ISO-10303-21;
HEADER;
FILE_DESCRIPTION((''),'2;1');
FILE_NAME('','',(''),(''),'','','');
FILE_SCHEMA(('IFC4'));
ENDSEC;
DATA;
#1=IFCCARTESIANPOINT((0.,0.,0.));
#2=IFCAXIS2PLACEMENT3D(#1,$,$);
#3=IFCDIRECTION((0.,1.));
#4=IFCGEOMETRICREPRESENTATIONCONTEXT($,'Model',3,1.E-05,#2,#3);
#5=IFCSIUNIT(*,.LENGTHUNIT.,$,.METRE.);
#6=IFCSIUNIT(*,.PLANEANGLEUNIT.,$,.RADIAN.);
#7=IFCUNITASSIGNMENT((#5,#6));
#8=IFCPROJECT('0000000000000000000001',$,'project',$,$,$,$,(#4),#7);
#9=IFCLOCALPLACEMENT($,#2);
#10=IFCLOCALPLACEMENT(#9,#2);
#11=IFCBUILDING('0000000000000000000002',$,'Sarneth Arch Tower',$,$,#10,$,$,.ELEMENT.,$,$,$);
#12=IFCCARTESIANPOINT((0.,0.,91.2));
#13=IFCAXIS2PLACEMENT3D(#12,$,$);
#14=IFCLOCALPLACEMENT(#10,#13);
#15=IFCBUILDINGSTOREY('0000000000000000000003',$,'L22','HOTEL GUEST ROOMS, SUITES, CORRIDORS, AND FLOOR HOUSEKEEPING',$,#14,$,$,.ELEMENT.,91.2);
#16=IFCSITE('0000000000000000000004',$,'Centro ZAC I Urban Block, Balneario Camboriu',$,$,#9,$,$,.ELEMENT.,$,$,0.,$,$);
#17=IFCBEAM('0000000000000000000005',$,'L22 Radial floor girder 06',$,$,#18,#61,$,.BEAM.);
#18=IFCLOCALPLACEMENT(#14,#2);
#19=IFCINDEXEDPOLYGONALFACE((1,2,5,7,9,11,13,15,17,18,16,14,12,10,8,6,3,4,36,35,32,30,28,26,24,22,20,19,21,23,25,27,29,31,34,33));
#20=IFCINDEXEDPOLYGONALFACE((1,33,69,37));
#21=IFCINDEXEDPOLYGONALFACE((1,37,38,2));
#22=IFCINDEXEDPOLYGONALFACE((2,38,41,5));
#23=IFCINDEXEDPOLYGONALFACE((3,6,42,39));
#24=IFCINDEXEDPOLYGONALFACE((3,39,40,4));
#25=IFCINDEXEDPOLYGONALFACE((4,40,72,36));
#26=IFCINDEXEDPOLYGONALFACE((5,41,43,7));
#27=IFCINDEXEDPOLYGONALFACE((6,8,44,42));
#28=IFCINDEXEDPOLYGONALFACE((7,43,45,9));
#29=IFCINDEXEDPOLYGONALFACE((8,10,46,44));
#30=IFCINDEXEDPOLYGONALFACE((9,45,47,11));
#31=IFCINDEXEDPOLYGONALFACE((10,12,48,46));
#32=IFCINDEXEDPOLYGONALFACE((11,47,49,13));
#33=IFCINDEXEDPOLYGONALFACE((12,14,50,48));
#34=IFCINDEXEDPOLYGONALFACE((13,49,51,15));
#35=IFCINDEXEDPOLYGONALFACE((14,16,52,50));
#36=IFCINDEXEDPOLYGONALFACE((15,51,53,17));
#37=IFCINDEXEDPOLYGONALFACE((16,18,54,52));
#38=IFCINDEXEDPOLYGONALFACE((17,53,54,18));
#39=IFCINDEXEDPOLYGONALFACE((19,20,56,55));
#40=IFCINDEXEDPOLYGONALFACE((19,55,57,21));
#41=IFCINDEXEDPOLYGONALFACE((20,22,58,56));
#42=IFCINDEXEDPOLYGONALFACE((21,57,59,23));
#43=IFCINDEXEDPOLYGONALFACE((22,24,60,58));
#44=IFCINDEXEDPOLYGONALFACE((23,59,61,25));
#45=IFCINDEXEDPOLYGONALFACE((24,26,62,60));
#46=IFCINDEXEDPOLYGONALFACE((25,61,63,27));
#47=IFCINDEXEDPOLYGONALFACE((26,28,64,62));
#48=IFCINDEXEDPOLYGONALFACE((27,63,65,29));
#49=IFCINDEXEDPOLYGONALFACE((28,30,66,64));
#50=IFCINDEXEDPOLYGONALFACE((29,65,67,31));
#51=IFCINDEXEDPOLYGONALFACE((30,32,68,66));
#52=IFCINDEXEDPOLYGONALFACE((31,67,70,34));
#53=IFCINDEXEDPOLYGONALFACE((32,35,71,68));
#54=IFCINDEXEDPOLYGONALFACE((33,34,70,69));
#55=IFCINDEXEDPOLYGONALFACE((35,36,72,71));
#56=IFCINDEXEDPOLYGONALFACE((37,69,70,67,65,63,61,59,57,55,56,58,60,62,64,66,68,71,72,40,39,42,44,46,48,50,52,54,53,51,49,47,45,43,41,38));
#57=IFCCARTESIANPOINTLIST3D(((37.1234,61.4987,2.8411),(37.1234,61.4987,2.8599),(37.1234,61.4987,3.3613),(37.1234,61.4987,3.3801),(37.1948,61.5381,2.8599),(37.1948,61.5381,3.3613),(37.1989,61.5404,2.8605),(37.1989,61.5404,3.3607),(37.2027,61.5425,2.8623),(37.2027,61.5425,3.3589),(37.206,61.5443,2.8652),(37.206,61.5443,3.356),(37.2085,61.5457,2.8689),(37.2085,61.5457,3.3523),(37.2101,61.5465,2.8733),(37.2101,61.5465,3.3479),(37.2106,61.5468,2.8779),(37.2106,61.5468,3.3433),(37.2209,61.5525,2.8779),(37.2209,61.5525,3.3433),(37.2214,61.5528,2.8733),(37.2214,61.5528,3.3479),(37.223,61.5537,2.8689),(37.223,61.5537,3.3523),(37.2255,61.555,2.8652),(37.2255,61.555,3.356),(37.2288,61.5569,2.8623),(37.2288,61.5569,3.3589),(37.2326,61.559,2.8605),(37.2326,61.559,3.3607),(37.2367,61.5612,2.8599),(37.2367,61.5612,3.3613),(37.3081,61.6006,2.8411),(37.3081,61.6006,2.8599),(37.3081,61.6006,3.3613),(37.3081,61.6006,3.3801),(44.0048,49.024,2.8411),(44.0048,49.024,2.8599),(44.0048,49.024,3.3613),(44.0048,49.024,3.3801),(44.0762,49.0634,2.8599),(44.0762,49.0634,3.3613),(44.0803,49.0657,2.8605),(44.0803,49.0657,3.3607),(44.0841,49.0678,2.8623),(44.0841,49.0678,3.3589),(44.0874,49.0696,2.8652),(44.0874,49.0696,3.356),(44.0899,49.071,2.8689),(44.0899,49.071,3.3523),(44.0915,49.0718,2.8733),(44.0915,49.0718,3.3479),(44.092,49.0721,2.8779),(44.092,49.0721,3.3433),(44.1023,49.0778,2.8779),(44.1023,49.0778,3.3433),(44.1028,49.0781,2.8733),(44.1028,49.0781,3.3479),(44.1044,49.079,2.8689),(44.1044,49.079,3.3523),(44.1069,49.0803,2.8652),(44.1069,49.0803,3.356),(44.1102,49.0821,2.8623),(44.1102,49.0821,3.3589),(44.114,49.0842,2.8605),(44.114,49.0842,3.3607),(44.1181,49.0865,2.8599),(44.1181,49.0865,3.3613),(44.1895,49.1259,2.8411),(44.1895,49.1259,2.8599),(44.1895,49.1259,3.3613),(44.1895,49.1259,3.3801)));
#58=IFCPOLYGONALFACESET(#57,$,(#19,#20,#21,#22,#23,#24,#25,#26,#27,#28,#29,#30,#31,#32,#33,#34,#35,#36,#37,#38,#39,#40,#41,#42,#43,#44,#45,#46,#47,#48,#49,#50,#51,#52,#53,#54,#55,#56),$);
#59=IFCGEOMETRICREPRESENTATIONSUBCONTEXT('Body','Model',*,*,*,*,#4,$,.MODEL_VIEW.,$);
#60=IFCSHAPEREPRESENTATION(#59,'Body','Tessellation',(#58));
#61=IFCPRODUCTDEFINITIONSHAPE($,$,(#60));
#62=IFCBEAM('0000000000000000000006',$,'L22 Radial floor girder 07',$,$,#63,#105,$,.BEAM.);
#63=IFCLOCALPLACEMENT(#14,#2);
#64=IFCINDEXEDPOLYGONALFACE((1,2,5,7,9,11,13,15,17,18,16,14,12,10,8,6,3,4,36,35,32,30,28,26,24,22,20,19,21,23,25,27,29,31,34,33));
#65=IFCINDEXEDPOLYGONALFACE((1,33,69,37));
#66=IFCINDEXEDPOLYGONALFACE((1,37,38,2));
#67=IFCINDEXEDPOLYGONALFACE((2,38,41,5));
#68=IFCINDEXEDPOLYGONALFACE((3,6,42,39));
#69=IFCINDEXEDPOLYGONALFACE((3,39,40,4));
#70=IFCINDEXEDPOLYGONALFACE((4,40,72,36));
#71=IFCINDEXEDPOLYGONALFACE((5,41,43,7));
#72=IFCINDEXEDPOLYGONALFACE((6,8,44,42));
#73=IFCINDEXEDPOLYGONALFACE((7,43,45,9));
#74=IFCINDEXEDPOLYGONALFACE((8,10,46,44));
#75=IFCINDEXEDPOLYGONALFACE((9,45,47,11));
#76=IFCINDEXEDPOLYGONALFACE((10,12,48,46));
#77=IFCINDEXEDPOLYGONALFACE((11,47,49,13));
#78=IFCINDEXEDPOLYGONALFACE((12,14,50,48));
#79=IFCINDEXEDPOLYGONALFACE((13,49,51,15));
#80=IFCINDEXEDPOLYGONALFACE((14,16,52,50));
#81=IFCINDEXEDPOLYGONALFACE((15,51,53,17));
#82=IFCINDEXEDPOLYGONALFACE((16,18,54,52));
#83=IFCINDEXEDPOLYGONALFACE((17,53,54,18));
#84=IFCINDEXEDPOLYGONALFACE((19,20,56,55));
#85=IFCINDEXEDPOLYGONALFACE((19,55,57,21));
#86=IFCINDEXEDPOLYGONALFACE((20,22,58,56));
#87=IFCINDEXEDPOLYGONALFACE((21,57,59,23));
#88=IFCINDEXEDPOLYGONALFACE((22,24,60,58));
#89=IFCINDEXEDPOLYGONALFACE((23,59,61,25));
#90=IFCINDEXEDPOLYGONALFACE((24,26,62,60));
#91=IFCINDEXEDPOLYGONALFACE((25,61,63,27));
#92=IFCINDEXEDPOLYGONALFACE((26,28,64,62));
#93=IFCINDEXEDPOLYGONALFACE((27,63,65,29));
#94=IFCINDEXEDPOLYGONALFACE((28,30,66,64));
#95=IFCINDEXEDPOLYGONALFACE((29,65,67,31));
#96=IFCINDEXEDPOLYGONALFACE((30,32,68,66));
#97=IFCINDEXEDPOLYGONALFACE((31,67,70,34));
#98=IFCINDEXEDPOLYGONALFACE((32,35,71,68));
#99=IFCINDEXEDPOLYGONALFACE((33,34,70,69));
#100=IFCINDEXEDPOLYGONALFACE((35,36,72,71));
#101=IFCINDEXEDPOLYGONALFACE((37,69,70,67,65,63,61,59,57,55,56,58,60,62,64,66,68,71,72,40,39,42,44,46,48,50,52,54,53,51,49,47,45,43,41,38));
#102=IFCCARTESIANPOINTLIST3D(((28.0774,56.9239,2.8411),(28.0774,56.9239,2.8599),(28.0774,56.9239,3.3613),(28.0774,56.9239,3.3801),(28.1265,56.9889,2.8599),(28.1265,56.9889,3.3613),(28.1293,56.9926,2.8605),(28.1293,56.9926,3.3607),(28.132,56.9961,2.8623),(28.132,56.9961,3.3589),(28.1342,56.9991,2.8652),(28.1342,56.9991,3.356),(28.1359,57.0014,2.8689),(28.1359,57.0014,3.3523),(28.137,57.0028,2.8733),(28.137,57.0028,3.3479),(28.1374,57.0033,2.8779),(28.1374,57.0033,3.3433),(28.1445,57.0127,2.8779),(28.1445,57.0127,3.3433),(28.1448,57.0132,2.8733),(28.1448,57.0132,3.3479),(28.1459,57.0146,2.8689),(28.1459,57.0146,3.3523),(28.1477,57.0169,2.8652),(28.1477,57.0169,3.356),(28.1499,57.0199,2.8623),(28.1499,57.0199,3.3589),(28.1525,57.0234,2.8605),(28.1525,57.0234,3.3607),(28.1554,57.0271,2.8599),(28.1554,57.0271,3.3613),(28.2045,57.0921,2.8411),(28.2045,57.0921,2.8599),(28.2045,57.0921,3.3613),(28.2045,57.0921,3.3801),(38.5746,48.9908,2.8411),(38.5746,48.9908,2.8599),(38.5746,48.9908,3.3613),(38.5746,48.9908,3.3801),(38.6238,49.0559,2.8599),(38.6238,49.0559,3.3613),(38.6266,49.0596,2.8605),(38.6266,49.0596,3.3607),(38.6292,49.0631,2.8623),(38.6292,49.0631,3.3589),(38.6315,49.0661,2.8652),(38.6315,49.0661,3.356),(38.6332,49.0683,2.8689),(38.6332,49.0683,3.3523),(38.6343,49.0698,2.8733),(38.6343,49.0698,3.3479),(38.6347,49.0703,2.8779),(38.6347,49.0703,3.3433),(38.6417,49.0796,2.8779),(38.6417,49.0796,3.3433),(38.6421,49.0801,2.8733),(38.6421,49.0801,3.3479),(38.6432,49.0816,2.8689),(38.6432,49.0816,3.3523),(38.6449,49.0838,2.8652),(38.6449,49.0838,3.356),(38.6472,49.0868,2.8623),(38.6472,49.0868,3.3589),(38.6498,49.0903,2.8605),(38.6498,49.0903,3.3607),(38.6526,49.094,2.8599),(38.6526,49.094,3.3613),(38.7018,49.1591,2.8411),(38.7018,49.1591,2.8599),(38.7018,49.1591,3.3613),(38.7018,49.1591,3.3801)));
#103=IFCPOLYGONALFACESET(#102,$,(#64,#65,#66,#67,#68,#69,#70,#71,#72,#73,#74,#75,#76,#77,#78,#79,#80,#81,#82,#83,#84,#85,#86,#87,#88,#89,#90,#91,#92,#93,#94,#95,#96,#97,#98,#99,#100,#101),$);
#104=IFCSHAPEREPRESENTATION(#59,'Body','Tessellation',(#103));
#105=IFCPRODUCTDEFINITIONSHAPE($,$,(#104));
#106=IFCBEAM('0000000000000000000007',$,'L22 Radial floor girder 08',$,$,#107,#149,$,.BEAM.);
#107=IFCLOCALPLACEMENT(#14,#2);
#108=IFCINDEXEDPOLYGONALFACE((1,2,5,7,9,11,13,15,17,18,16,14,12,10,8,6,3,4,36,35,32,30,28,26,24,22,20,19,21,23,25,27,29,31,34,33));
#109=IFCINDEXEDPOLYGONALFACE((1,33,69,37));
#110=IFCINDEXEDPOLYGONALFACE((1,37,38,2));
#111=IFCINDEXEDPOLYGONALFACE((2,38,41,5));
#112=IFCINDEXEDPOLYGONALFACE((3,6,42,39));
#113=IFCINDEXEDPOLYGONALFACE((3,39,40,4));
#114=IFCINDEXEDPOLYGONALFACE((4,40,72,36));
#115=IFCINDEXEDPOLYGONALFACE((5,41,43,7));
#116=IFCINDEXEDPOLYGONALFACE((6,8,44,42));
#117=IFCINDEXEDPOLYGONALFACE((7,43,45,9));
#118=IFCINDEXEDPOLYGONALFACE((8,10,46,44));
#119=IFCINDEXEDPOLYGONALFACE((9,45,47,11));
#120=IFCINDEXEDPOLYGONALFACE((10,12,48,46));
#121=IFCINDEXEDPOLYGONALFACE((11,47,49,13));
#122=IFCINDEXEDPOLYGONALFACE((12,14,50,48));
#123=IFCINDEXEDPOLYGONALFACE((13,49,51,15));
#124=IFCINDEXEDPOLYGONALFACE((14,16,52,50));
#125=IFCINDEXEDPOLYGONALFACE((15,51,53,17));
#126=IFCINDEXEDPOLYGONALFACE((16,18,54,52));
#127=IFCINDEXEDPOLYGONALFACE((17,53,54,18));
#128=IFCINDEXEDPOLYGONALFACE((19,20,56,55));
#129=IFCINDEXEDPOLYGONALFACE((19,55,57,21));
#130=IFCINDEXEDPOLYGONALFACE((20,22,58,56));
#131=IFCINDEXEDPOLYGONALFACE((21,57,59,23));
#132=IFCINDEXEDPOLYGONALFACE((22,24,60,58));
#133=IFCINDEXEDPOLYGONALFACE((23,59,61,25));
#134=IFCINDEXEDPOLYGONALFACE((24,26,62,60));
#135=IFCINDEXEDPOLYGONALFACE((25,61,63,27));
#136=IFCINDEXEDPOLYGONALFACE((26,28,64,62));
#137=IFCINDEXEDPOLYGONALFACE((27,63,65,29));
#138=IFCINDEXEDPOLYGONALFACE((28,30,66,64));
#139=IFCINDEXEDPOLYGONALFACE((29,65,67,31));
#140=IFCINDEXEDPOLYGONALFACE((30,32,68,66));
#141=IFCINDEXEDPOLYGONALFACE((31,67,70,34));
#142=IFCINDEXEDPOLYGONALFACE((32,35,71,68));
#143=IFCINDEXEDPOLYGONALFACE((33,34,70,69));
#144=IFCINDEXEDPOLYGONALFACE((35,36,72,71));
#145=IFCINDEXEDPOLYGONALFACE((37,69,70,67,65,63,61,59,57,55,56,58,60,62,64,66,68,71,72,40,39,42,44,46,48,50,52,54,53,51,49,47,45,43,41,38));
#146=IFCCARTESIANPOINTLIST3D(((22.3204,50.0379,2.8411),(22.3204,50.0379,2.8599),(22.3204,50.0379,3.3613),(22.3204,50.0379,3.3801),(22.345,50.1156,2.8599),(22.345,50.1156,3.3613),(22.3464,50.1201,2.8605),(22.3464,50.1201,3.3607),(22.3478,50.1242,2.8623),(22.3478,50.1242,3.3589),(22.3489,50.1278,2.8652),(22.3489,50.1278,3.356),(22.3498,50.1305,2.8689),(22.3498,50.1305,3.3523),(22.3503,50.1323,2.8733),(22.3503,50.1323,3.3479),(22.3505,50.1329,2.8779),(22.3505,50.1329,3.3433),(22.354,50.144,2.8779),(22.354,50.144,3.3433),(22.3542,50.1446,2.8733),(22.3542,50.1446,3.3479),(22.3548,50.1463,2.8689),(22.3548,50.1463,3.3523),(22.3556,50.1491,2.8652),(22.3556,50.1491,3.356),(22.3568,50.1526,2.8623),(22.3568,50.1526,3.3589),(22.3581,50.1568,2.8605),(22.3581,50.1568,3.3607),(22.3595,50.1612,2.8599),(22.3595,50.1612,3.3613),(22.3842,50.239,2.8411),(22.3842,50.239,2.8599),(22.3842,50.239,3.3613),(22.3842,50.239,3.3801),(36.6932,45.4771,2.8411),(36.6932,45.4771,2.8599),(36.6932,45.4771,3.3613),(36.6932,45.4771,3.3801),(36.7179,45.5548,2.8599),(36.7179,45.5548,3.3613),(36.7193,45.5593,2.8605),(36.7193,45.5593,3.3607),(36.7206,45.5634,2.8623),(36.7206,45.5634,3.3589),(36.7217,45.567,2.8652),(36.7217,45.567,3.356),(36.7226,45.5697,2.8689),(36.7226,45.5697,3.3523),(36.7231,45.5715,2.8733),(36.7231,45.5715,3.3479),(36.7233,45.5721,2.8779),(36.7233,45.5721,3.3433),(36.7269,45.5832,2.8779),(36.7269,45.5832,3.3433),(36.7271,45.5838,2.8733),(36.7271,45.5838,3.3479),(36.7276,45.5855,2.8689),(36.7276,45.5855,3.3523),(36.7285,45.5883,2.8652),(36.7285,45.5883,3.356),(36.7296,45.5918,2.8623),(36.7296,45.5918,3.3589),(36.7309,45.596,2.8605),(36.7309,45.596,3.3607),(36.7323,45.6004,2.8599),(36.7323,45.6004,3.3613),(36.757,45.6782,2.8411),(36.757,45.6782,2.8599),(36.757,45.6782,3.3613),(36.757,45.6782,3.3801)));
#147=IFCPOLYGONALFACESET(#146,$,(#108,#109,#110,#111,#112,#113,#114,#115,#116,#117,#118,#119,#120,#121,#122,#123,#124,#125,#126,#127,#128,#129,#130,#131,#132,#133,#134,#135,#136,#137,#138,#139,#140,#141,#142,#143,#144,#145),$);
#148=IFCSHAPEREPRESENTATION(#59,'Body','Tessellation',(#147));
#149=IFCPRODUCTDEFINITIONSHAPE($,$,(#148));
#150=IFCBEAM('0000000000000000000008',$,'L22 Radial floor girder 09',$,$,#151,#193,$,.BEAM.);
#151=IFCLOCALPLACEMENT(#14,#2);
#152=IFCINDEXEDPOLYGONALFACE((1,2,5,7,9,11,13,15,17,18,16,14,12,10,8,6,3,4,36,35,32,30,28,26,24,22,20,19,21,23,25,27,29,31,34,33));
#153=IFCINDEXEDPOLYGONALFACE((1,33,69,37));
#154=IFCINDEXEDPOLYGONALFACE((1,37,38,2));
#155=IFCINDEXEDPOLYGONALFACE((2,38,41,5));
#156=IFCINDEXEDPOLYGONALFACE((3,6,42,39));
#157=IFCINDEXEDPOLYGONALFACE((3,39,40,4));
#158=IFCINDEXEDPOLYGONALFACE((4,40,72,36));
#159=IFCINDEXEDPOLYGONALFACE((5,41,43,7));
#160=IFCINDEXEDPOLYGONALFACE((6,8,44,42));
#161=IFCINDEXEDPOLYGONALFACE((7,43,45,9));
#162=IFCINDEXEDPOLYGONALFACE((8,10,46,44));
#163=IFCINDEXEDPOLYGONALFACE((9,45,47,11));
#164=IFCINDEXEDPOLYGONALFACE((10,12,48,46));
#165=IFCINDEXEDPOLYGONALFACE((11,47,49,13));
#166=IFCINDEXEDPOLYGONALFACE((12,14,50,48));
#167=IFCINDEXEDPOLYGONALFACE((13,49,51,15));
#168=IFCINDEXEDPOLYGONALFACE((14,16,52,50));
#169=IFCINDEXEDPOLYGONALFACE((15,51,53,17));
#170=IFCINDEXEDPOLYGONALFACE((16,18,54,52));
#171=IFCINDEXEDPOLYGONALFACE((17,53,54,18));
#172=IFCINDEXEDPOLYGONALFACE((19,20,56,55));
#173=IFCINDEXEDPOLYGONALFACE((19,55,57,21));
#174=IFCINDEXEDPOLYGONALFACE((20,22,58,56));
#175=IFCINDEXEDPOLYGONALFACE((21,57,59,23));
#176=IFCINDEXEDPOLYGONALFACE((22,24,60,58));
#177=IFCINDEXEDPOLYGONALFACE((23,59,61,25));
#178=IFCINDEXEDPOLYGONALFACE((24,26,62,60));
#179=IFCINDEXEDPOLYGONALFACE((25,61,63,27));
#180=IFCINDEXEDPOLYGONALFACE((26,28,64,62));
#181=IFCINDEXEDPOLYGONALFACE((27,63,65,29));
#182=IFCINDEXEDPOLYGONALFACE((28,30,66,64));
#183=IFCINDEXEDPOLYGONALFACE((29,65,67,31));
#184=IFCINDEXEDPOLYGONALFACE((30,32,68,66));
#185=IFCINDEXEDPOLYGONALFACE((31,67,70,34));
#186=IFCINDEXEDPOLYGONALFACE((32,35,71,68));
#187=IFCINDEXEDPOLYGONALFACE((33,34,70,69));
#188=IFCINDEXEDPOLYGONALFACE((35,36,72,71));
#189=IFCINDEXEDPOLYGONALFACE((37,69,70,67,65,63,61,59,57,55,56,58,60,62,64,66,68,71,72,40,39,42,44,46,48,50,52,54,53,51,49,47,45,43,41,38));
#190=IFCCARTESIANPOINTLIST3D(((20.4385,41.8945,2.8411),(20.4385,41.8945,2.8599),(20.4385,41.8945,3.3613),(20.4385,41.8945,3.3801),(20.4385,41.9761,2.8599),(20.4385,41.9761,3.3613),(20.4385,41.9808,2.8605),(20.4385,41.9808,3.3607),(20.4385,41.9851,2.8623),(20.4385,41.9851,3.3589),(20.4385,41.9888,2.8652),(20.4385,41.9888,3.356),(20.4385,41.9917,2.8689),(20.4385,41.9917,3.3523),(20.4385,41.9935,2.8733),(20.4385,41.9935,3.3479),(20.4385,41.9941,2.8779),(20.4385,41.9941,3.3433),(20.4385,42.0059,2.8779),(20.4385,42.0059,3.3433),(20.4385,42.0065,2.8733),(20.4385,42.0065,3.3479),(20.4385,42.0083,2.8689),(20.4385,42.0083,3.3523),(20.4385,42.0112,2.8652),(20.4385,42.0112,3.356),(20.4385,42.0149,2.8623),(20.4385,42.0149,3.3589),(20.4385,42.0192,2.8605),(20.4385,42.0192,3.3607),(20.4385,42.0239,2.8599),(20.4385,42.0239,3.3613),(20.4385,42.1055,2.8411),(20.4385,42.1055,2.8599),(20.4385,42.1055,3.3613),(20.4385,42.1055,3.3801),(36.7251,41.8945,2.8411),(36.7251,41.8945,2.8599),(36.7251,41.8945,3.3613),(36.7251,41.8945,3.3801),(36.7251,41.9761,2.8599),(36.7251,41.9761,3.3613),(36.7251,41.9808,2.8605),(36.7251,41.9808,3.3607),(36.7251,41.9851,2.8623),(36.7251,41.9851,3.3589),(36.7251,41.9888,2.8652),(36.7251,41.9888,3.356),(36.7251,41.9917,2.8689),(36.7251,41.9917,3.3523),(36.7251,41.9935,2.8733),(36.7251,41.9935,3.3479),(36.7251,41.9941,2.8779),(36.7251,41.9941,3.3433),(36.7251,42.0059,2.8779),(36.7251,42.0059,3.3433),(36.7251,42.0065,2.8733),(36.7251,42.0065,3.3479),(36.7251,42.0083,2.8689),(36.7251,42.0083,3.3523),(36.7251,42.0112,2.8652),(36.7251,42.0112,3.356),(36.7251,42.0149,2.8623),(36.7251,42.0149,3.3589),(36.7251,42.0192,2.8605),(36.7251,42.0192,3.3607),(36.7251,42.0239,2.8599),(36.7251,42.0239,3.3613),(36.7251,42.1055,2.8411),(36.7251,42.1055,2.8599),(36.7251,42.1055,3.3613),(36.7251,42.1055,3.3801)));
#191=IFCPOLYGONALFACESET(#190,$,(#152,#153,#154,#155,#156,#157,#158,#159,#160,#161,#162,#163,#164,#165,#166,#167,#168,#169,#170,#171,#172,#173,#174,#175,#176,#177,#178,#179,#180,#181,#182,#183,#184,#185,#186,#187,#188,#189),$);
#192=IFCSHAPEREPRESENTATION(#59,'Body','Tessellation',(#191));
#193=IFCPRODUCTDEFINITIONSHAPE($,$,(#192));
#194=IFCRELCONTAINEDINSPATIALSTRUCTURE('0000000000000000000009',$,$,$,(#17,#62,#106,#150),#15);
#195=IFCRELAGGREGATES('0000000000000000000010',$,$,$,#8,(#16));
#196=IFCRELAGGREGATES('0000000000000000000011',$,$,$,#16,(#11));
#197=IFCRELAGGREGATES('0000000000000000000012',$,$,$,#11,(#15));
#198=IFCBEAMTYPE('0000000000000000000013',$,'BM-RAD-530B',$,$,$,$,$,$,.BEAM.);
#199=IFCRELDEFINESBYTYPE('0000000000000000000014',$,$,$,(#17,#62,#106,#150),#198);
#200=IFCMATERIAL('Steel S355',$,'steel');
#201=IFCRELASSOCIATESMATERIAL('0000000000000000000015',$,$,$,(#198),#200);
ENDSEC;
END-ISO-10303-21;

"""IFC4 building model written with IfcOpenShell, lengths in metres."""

from ifc_helpers import new_model, si_unit, direction, frame, origin, origin_2d, place, context, subcontext, project, spatial, i_section, extrude, material, material_profile, profile_set, type_object, element, save


model = new_model("IFC4")

# Units and contexts
model_context = context("Model", 3, precision=1e-05, world=origin(), true_north=direction((0.0, 1.0)))
body_context = subcontext(model_context, "Body", "Model", "MODEL_VIEW")
ifc_project = project(units=[si_unit("LENGTHUNIT", "METRE"), si_unit("PLANEANGLEUNIT", "RADIAN")], contexts=[model_context])

# Site, building, storey
site_placement = place(None, origin())
site = spatial("IfcSite", under=ifc_project, at=site_placement, Name="Centro ZAC I Urban Block, Balneario Camboriu", CompositionType="ELEMENT", RefElevation=0.0)
building_placement = place(site_placement, origin())
building = spatial("IfcBuilding", under=site, at=building_placement, Name="Sarneth Arch Tower", CompositionType="ELEMENT")
storey_placement = place(building_placement, frame((0.0, 0.0, 91.2)))
storey = spatial("IfcBuildingStorey", under=building, at=storey_placement, Name="L22", Description="HOTEL GUEST ROOMS, SUITES, CORRIDORS, AND FLOOR HOUSEKEEPING", CompositionType="ELEMENT", Elevation=91.2)

# Beams
ifc_material_1 = material(Name="Steel S355", Category="steel")
ifc_material_profile = material_profile(ifc_material_1, i_section(OverallWidth=0.2109, OverallDepth=0.5391, WebThickness=0.0117, FlangeThickness=0.0188, FilletRadius=0.0181, at=origin_2d()), Name="W530x109")
ifc_profile_set = profile_set([ifc_material_profile], Name="Steel S355")
beam_type = type_object("IfcBeamType", Name="BM-RAD-530B", PredefinedType="BEAM", material=ifc_profile_set)
beam_1_placement = place(storey_placement, frame((44.0972, 49.075, 3.1106), z_axis=(-0.483013, 0.875613, 0.0), x_axis=(-0.875613, -0.483013, 0.0)))
element("IfcBeam", 1, at=beam_1_placement, inside=storey, type_object=beam_type, Name="L22 Radial floor girder 06", PredefinedType="BEAM", context=body_context, shape_type="SweptSolid", body=[
    extrude(i_section(OverallWidth=0.2109, OverallDepth=0.5391, WebThickness=0.0117, FlangeThickness=0.0188, FilletRadius=0.0181, at=origin_2d()), origin(), (0.0, 0.0, 1.0), 14.2468),
])
beam_2_placement = place(storey_placement, frame((38.6382, 49.075, 3.1106), z_axis=(-0.797801, 0.60292, 0.0), x_axis=(-0.60292, -0.797801, 0.0)))
element("IfcBeam", 2, at=beam_2_placement, inside=storey, type_object=beam_type, Name="L22 Radial floor girder 07", PredefinedType="BEAM", context=body_context, shape_type="SweptSolid", body=[
    extrude(i_section(OverallWidth=0.2109, OverallDepth=0.5391, WebThickness=0.0117, FlangeThickness=0.0188, FilletRadius=0.0181, at=origin_2d()), origin(), (0.0, 0.0, 1.0), 13.1577),
])
beam_3_placement = place(storey_placement, frame((36.7251, 45.5776, 3.1106), z_axis=(-0.953163, 0.302458, 0.0), x_axis=(-0.302458, -0.953163, 0.0)))
element("IfcBeam", 3, at=beam_3_placement, inside=storey, type_object=beam_type, Name="L22 Radial floor girder 08", PredefinedType="BEAM", context=body_context, shape_type="SweptSolid", body=[
    extrude(i_section(OverallWidth=0.2109, OverallDepth=0.5391, WebThickness=0.0117, FlangeThickness=0.0188, FilletRadius=0.0181, at=origin_2d()), origin(), (0.0, 0.0, 1.0), 15.0791),
])
beam_4_placement = place(storey_placement, frame((36.7251, 42.0, 3.1106), z_axis=(-1.0, 0.0, 0.0), x_axis=(0.0, -1.0, 0.0)))
element("IfcBeam", 4, at=beam_4_placement, inside=storey, type_object=beam_type, Name="L22 Radial floor girder 09", PredefinedType="BEAM", context=body_context, shape_type="SweptSolid", body=[
    extrude(i_section(OverallWidth=0.2109, OverallDepth=0.5391, WebThickness=0.0117, FlangeThickness=0.0188, FilletRadius=0.0181, at=origin_2d()), origin(), (0.0, 0.0, 1.0), 16.2866),
])

save(model, "model.ifc")
